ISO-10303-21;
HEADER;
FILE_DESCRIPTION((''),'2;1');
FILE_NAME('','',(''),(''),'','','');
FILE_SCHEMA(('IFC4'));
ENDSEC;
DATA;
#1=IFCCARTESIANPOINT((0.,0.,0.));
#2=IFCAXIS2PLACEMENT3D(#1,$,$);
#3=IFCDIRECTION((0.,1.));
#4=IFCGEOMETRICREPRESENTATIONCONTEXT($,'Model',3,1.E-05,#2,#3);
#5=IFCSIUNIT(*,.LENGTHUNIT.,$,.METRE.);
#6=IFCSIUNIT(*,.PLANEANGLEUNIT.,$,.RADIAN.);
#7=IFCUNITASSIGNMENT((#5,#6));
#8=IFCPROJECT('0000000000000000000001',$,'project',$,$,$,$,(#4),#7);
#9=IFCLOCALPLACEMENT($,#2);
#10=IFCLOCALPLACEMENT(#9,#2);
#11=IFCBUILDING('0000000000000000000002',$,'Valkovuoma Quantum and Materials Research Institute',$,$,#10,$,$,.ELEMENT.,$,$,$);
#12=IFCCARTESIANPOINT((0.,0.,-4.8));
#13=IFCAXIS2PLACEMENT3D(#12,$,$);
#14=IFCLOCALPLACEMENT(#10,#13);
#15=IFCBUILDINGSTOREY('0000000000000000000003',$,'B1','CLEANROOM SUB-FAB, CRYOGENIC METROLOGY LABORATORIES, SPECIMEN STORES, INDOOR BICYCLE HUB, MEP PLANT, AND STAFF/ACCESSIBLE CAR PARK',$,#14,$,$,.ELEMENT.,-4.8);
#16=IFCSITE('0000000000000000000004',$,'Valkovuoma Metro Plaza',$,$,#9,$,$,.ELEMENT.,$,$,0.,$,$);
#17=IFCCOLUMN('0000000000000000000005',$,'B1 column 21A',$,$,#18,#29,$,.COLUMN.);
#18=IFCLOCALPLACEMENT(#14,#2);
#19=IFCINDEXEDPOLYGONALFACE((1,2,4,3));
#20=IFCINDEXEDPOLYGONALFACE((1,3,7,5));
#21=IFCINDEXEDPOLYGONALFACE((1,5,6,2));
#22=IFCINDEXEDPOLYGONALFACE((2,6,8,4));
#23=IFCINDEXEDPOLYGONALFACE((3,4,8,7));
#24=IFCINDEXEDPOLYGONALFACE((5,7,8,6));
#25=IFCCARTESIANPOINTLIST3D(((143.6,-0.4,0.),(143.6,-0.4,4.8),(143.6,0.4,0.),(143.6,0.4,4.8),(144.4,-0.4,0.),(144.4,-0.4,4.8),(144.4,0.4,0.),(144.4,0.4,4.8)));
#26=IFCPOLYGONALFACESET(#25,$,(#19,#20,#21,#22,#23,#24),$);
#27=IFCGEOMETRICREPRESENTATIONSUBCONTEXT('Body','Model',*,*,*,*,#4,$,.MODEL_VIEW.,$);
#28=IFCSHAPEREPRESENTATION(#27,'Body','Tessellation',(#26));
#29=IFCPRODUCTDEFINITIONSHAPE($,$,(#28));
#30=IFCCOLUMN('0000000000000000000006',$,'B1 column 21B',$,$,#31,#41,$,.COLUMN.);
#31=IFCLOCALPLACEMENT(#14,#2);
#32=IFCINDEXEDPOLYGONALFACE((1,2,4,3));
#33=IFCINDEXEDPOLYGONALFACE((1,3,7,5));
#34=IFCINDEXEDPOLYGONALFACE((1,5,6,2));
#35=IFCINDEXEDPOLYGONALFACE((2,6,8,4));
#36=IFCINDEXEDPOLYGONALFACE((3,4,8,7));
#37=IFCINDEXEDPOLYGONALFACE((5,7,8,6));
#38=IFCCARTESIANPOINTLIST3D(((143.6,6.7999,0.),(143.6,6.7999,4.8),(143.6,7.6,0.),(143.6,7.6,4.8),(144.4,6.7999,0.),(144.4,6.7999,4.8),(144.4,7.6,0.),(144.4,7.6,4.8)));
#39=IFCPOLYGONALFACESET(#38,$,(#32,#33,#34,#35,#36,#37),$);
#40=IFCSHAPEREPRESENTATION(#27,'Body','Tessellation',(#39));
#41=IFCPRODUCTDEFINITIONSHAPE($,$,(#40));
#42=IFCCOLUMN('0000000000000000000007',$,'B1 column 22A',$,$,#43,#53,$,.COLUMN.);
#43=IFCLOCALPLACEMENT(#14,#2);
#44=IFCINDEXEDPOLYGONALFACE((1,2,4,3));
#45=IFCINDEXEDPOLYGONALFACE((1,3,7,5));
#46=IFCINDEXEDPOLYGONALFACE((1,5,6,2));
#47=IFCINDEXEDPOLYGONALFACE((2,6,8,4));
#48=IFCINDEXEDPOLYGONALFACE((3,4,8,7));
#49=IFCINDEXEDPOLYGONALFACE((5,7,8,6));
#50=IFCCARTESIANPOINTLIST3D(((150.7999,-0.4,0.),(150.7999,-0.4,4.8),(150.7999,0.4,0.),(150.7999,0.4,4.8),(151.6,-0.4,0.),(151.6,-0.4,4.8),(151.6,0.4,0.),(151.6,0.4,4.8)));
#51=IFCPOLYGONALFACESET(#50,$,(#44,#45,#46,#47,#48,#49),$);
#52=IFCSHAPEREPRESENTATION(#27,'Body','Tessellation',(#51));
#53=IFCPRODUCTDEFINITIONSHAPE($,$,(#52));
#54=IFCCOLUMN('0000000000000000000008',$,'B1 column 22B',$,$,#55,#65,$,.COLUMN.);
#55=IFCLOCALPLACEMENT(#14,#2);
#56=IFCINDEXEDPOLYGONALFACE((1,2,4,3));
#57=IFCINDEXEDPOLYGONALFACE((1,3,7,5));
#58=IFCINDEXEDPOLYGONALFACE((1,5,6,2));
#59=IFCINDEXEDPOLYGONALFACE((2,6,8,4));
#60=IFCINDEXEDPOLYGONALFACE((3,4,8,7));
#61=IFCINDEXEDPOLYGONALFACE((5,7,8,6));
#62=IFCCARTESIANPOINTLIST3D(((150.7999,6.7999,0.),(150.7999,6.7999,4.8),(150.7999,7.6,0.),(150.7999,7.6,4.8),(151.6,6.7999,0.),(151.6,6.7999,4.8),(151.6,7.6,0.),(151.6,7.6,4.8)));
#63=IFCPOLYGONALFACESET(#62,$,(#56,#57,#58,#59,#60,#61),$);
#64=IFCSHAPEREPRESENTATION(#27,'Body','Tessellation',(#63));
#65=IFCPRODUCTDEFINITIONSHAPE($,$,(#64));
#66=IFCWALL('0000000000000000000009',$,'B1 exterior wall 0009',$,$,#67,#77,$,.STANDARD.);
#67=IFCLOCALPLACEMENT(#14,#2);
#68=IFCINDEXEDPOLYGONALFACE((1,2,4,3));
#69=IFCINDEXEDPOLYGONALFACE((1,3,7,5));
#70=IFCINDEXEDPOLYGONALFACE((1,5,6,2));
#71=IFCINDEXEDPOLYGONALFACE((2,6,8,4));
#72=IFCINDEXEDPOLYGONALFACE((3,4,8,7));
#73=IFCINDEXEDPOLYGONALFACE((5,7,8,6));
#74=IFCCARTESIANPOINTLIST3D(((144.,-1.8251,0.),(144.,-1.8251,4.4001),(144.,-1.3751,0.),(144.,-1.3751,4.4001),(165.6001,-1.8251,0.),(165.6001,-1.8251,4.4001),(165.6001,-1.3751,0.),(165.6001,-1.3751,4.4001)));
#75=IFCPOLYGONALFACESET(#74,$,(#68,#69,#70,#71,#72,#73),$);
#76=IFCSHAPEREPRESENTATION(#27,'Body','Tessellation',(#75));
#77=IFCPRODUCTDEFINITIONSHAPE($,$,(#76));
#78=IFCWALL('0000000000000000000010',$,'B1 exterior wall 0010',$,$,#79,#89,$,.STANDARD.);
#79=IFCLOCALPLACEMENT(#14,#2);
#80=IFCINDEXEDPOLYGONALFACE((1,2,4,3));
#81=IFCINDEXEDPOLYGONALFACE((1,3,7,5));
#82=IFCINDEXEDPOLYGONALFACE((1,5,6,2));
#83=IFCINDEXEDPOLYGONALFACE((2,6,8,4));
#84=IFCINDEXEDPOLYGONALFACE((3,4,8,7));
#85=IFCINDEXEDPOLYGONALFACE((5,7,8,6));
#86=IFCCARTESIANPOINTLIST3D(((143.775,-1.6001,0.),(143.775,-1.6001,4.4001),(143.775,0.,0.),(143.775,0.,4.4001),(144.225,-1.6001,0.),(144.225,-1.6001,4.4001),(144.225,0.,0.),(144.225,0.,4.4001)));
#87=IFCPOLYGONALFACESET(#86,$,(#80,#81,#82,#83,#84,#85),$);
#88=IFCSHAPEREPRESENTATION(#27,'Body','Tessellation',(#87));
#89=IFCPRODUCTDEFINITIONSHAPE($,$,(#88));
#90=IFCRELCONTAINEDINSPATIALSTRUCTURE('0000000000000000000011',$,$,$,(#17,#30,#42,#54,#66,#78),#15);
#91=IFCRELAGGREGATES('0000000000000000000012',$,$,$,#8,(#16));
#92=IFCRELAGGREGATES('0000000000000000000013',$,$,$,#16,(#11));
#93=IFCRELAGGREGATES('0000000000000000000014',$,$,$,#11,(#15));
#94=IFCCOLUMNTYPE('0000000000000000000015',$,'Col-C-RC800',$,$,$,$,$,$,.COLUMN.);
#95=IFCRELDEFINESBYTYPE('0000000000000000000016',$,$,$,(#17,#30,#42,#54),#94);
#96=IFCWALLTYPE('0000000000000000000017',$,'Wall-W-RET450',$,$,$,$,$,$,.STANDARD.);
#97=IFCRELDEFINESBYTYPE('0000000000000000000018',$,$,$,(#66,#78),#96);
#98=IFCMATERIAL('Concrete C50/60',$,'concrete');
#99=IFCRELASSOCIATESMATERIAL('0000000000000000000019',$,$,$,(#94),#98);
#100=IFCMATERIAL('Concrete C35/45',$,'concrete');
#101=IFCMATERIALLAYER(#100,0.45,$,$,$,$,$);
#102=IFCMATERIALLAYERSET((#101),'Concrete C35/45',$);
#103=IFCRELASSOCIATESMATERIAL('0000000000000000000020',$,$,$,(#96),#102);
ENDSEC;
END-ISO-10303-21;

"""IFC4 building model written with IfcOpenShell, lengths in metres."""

from ifc_helpers import new_model, si_unit, direction, frame, frame_2d, origin, origin_2d, place, context, subcontext, project, spatial, rectangle, extrude, material, layer, layer_set, material_profile, profile_set, type_object, element, save


model = new_model("IFC4")

# Units and contexts
model_context = context("Model", 3, precision=1e-05, world=origin(), true_north=direction((0.0, 1.0)))
body_context = subcontext(model_context, "Body", "Model", "MODEL_VIEW")
ifc_project = project(units=[si_unit("LENGTHUNIT", "METRE"), si_unit("PLANEANGLEUNIT", "RADIAN")], contexts=[model_context])

# Site, building, storey
site_placement = place(None, origin())
site = spatial("IfcSite", under=ifc_project, at=site_placement, Name="Valkovuoma Metro Plaza", CompositionType="ELEMENT", RefElevation=0.0)
building_placement = place(site_placement, origin())
building = spatial("IfcBuilding", under=site, at=building_placement, Name="Valkovuoma Quantum and Materials Research Institute", CompositionType="ELEMENT")
storey_placement = place(building_placement, frame((0.0, 0.0, -4.8)))
storey = spatial("IfcBuildingStorey", under=building, at=storey_placement, Name="B1", Description="CLEANROOM SUB-FAB, CRYOGENIC METROLOGY LABORATORIES, SPECIMEN STORES, INDOOR BICYCLE HUB, MEP PLANT, AND STAFF/ACCESSIBLE CAR PARK", CompositionType="ELEMENT", Elevation=-4.8)

# Columns
ifc_material_1 = material(Name="Concrete C50/60", Category="concrete")
ifc_material_profile_1 = material_profile(ifc_material_1, rectangle(XDim=0.8, YDim=0.8, at=origin_2d()), Name="Concrete C50/60")
ifc_profile_set_1 = profile_set([ifc_material_profile_1], Name="Concrete C50/60")
column_type = type_object("IfcColumnType", Name="Col-C-RC800", PredefinedType="COLUMN", material=ifc_profile_set_1)
for number, where, z_axis, x_axis, name in (
    (1, (144.0, 0.0, 0.0), (0.0, 0.0, 1.0), (1.0, 0.0, 0.0), "B1 column 21A"),
    (2, (144.0, 7.2, 0.0), (0.0, 0.0, 1.0), (1.0, 0.0, 0.0), "B1 column 21B"),
    (3, (151.2, 0.0, 0.0), (0.0, 0.0, 1.0), (1.0, 0.0, 0.0), "B1 column 22A"),
    (4, (151.2, 7.2, 0.0), (0.0, 0.0, 1.0), (1.0, 0.0, 0.0), "B1 column 22B"),
):
    element("IfcColumn", number, at=place(storey_placement, frame(where, z_axis=z_axis, x_axis=x_axis)), inside=storey, type_object=column_type, Name=name, PredefinedType="COLUMN", context=body_context, shape_type="SweptSolid", body=[
        extrude(rectangle(XDim=0.8, YDim=0.8, at=origin_2d()), origin(), (0.0, 0.0, 1.0), 4.8),
    ])

# Walls
ifc_material_2 = material(Name="Concrete C35/45", Category="concrete")
ifc_layer = layer(ifc_material_2, 0.45)
ifc_layer_set = layer_set([ifc_layer], Name="Concrete C35/45")
wall_type = type_object("IfcWallType", Name="Wall-W-RET450", PredefinedType="STANDARD", material=ifc_layer_set)
wall_1_placement = place(storey_placement, frame((144.0, -1.6001, 0.0), z_axis=(0.0, 0.0, 1.0), x_axis=(1.0, 0.0, 0.0)))
element("IfcWall", 5, at=wall_1_placement, inside=storey, type_object=wall_type, Name="B1 exterior wall 0009", PredefinedType="STANDARD", context=body_context, shape_type="SweptSolid", body=[
    extrude(rectangle(XDim=21.6001, YDim=0.45, at=frame_2d((10.8, 0.0))), origin(), (0.0, 0.0, 1.0), 4.4001),
])
wall_2_placement = place(storey_placement, frame((144.0, -1.6001, 0.0), z_axis=(0.0, 0.0, 1.0), x_axis=(0.0, 1.0, 0.0)))
element("IfcWall", 6, at=wall_2_placement, inside=storey, type_object=wall_type, Name="B1 exterior wall 0010", PredefinedType="STANDARD", context=body_context, shape_type="SweptSolid", body=[
    extrude(rectangle(XDim=1.6001, YDim=0.45, at=frame_2d((0.8, 0.0))), origin(), (0.0, 0.0, 1.0), 4.4001),
])

save(model, "model.ifc")
